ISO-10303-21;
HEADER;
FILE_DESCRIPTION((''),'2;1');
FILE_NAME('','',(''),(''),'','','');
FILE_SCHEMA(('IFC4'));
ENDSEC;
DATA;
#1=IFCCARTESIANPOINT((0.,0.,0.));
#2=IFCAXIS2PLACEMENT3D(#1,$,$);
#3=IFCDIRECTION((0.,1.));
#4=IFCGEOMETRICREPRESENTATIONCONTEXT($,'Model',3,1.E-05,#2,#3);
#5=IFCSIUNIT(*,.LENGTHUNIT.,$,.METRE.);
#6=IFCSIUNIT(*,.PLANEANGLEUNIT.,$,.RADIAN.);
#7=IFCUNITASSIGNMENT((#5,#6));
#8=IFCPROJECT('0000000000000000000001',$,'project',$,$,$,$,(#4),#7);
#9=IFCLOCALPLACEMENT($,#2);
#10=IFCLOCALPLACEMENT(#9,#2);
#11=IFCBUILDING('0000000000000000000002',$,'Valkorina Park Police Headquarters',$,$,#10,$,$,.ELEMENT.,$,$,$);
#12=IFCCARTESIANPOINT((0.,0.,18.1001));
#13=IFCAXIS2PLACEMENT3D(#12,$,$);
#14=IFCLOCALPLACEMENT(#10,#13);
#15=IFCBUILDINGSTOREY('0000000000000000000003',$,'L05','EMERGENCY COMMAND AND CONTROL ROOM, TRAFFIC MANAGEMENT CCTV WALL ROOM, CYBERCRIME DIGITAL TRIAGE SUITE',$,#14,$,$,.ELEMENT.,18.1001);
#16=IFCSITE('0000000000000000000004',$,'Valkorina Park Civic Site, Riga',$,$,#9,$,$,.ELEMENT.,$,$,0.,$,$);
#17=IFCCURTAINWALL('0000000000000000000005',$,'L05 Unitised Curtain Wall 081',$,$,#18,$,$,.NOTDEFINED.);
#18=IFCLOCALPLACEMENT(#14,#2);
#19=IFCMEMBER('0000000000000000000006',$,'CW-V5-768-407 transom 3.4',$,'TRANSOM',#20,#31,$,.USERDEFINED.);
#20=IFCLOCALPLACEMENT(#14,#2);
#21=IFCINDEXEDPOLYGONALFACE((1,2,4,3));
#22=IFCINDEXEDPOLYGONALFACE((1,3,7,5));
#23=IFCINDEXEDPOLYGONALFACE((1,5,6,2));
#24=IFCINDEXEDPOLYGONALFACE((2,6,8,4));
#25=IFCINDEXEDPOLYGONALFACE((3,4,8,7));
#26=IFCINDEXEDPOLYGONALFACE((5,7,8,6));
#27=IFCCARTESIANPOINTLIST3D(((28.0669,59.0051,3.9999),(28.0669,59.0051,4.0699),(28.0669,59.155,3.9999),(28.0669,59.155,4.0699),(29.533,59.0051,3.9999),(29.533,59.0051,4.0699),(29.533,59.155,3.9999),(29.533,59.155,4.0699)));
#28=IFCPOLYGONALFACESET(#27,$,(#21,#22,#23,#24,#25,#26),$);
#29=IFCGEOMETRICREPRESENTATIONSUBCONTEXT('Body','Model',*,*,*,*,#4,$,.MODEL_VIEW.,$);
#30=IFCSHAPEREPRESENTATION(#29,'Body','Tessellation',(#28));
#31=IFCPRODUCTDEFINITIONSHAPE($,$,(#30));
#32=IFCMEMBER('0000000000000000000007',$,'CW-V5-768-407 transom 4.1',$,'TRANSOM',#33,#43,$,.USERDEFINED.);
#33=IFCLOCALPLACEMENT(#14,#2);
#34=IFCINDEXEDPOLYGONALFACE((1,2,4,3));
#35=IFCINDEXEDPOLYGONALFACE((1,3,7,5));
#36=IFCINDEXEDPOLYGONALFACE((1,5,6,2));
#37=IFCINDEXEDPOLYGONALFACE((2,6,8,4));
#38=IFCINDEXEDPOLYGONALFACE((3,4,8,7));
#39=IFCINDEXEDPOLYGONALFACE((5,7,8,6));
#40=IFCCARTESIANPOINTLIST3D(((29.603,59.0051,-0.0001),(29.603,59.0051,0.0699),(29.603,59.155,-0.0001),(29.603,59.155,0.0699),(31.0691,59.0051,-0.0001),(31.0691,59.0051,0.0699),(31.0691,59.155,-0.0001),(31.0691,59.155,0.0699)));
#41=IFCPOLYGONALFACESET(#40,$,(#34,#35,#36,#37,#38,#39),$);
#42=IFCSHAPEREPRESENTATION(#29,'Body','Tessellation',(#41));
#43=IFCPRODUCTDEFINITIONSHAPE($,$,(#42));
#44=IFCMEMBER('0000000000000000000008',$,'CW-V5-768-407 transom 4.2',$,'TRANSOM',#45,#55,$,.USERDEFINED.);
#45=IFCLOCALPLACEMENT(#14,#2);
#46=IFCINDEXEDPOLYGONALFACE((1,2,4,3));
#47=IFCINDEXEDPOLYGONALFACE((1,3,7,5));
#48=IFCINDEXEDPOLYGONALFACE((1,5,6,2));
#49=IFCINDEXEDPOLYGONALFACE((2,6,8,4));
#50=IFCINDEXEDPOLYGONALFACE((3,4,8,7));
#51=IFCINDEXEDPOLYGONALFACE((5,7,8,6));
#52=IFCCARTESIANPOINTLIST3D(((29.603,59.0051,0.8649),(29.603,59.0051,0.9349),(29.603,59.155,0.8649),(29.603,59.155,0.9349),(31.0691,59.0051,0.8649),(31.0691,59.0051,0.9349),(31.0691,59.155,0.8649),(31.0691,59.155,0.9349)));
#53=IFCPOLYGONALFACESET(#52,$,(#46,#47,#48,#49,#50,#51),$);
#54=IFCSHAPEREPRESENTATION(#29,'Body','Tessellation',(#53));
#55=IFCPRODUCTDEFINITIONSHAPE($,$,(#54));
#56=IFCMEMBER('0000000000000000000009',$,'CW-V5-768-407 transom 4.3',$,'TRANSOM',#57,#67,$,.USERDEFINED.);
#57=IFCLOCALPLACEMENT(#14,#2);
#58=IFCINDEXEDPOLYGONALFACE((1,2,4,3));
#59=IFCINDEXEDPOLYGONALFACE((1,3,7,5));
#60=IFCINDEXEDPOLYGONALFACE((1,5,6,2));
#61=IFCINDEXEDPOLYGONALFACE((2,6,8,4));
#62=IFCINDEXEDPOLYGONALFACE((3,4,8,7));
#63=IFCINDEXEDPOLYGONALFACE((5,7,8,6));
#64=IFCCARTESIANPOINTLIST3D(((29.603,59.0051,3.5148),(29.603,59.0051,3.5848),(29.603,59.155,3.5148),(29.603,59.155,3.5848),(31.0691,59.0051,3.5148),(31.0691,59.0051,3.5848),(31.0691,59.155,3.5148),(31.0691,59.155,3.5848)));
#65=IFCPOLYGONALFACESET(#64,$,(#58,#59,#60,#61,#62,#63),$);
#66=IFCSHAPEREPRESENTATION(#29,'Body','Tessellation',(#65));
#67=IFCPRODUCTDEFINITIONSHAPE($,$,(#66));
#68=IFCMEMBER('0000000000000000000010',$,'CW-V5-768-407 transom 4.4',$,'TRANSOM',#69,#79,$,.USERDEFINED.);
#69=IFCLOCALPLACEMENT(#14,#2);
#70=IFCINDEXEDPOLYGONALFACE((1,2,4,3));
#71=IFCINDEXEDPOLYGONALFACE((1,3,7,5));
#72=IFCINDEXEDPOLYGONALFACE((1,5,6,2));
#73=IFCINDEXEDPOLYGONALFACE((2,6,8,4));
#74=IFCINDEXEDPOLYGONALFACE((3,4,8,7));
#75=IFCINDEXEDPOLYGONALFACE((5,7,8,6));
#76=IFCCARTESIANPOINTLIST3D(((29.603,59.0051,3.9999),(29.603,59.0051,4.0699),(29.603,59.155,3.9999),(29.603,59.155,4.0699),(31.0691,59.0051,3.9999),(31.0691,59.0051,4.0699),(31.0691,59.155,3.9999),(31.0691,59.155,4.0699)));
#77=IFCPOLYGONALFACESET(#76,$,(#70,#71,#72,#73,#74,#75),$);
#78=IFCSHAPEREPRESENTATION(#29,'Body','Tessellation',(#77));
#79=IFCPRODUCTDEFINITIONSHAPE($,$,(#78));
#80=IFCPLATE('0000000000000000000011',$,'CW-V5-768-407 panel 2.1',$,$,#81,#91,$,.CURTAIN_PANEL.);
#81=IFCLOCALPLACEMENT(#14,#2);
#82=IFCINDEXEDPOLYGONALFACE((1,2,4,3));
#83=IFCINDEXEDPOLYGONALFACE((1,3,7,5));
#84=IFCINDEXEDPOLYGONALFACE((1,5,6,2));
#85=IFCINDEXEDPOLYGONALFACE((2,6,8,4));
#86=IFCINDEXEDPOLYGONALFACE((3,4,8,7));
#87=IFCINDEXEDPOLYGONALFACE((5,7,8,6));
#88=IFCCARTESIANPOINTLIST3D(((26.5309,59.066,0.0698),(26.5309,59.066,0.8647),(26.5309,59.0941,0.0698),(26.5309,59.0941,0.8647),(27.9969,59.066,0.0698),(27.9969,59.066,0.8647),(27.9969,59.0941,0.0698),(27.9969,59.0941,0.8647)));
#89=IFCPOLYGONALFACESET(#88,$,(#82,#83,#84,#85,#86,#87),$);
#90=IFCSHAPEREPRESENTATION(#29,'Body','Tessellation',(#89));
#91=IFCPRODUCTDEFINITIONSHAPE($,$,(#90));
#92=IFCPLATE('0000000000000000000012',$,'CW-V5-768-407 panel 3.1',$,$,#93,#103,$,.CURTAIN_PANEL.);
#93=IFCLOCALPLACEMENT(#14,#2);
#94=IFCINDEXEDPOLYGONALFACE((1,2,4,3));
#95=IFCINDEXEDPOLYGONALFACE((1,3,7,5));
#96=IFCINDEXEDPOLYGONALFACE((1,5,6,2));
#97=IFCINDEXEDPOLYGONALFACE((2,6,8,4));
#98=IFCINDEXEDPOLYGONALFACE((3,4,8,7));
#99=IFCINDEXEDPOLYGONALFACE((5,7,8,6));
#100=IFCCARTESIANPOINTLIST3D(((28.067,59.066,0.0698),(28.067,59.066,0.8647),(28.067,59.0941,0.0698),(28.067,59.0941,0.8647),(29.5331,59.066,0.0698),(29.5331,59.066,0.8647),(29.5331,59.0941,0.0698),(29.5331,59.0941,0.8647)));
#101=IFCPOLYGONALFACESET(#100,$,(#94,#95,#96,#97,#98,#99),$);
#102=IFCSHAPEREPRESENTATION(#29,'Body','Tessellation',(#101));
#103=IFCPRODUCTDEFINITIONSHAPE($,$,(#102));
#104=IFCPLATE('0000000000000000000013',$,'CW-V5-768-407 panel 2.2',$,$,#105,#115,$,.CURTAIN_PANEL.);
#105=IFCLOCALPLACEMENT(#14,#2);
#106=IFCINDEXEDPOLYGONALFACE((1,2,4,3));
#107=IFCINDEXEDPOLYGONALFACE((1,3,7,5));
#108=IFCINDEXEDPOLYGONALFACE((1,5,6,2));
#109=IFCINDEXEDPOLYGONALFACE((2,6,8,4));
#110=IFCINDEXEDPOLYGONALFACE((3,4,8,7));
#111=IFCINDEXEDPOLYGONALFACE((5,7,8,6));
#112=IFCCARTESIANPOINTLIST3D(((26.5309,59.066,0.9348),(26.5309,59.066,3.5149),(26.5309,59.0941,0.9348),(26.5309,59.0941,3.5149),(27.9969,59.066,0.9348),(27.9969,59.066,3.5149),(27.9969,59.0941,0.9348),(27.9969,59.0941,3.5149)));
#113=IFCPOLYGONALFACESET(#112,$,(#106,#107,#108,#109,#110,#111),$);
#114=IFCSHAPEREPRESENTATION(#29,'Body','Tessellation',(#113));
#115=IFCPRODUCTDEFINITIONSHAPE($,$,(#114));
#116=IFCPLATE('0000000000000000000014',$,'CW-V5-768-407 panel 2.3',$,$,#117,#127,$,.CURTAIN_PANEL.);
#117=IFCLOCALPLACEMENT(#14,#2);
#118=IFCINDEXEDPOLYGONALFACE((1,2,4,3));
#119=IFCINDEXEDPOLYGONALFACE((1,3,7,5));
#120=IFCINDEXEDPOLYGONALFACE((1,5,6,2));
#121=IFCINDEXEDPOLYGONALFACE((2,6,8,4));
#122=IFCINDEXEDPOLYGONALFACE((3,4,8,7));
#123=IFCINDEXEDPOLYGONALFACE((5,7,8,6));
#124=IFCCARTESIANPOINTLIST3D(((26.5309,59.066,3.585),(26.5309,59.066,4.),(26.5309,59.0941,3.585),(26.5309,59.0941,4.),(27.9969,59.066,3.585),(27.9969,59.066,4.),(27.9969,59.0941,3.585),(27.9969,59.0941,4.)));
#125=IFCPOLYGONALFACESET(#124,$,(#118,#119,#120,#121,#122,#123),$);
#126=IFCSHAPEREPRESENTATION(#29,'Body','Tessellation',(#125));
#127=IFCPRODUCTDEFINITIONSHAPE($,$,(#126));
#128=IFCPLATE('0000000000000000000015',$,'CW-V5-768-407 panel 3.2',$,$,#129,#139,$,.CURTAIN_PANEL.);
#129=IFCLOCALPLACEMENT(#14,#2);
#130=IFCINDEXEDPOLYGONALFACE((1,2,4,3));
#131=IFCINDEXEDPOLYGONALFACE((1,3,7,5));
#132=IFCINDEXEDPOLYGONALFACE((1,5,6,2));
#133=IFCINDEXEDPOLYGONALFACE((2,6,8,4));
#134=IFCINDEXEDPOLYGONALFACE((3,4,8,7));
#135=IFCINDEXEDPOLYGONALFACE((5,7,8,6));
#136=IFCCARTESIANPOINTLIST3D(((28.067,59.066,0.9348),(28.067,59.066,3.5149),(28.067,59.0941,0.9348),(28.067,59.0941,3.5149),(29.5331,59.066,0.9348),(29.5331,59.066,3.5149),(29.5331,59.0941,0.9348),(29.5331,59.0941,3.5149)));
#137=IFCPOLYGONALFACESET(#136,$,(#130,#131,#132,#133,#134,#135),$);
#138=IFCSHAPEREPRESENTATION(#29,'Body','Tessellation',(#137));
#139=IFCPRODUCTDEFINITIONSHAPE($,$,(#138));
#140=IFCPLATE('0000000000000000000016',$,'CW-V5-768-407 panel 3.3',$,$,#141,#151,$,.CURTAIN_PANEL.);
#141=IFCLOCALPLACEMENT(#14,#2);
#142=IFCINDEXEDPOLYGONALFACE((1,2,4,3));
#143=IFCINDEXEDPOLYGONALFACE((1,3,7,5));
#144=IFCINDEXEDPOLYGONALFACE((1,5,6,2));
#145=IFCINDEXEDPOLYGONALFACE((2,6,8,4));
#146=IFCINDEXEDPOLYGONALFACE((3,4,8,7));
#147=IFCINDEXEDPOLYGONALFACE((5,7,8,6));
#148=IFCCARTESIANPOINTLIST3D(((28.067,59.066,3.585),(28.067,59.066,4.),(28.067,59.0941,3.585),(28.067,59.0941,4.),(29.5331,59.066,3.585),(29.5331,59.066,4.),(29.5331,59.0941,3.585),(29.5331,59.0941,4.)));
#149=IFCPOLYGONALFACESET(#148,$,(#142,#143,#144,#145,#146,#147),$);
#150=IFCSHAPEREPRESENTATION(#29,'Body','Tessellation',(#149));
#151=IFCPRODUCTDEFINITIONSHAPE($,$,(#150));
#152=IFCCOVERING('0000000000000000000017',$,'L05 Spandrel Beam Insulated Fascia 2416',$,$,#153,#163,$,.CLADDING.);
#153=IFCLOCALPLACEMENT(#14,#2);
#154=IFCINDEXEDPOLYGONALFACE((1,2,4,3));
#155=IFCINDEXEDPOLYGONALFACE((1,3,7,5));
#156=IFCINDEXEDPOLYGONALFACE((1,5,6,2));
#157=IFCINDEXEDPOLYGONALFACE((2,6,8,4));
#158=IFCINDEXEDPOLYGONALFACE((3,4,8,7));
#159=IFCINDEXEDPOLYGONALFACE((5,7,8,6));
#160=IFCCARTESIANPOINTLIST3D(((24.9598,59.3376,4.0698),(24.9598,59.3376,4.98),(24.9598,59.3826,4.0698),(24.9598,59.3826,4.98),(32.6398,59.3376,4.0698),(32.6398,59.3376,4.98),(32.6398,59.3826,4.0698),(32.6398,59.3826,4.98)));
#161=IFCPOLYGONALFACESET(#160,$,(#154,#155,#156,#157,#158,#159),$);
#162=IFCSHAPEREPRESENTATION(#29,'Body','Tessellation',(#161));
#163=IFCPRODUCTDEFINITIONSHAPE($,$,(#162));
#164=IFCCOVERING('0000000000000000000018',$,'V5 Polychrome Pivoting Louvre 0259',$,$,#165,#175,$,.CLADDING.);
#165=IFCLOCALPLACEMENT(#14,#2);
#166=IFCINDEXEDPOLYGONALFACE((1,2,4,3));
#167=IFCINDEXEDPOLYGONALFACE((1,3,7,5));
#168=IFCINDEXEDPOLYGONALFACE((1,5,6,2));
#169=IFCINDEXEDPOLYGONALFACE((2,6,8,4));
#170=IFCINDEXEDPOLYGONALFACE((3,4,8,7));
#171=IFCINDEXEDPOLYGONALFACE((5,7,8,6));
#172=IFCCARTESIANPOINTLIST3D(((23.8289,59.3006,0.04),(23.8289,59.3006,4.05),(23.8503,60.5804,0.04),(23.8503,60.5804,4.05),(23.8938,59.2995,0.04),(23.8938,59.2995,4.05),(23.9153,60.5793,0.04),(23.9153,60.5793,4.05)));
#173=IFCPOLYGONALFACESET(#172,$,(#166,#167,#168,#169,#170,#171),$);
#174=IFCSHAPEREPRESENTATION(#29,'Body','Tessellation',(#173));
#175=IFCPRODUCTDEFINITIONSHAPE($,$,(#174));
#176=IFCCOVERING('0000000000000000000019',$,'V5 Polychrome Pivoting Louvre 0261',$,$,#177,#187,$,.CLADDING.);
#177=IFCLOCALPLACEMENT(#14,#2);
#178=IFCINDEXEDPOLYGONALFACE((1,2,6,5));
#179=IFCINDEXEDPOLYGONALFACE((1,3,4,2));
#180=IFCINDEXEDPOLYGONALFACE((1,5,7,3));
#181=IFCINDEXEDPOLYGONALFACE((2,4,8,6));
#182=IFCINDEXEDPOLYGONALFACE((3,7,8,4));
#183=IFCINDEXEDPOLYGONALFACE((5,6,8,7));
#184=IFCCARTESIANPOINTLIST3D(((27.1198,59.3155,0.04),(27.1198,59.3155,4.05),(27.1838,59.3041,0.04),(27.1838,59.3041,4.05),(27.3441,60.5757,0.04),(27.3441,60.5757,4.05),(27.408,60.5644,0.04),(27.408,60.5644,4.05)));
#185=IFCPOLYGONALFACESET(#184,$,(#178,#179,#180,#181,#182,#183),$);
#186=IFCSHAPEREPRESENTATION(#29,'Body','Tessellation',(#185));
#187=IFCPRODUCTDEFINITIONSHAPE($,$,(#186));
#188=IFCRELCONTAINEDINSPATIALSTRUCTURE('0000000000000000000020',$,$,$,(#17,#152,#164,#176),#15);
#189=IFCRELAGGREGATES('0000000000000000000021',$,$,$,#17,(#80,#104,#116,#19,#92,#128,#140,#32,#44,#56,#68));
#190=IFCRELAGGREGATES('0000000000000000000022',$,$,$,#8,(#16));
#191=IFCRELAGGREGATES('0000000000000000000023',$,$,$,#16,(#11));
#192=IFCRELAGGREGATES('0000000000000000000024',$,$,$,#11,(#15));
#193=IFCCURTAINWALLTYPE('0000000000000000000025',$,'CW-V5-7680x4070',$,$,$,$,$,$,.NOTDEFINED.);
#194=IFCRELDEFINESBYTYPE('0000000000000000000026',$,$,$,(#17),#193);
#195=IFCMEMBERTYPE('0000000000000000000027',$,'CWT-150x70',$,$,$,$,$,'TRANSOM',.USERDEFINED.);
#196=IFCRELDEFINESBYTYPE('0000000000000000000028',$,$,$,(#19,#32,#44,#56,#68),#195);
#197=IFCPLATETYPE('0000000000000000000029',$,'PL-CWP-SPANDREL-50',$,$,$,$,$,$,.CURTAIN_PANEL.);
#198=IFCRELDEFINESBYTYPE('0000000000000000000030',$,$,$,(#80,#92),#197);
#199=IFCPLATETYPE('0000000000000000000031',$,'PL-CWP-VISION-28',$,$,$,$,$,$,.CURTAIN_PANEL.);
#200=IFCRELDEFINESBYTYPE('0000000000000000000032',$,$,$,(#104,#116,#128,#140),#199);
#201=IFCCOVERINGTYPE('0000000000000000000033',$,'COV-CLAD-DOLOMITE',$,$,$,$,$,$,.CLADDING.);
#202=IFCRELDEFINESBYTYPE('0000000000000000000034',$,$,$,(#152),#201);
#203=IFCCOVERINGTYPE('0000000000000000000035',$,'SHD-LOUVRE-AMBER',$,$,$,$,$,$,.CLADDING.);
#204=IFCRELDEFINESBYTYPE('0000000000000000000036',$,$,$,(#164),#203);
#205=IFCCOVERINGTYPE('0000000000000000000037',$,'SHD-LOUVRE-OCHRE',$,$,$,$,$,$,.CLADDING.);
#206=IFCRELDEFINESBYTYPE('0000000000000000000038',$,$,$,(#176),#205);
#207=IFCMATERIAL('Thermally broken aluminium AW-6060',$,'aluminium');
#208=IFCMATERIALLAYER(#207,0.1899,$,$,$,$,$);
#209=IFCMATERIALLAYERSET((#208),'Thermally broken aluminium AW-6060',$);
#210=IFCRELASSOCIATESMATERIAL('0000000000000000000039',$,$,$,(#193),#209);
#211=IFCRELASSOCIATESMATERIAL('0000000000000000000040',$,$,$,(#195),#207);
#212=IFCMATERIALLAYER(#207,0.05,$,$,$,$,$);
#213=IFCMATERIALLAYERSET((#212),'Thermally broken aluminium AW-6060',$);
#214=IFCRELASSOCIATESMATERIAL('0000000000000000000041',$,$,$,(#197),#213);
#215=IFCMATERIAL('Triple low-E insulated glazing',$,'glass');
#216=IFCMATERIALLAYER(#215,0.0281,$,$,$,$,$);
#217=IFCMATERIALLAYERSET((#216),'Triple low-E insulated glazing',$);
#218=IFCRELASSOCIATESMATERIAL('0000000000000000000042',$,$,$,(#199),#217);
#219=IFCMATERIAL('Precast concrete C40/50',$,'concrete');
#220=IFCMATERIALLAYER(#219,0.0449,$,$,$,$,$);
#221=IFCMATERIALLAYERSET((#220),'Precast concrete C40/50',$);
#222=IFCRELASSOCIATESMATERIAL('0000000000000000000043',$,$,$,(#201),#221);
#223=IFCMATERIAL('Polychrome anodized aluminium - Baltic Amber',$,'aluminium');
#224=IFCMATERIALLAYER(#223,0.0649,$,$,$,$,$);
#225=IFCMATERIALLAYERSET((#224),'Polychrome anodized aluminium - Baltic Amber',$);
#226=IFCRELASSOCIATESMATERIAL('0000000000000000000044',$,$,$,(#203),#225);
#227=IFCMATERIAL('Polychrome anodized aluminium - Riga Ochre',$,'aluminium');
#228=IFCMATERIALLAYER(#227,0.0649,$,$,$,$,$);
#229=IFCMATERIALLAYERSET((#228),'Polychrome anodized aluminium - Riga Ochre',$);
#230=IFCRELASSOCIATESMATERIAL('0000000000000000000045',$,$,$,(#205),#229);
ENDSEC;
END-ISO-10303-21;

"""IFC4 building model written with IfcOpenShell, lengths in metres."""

from ifc_helpers import new_model, si_unit, direction, frame, frame_2d, origin, origin_2d, place, context, subcontext, project, spatial, rectangle, extrude, material, layer, layer_set, material_profile, profile_set, type_object, element, aggregate, save


model = new_model("IFC4")

# Units and contexts
model_context = context("Model", 3, precision=1e-05, world=origin(), true_north=direction((0.0, 1.0)))
body_context = subcontext(model_context, "Body", "Model", "MODEL_VIEW")
ifc_project = project(units=[si_unit("LENGTHUNIT", "METRE"), si_unit("PLANEANGLEUNIT", "RADIAN")], contexts=[model_context])

# Site, building, storey
site_placement = place(None, origin())
site = spatial("IfcSite", under=ifc_project, at=site_placement, Name="Valkorina Park Civic Site, Riga", CompositionType="ELEMENT", RefElevation=0.0)
building_placement = place(site_placement, origin())
building = spatial("IfcBuilding", under=site, at=building_placement, Name="Valkorina Park Police Headquarters", CompositionType="ELEMENT")
storey_placement = place(building_placement, frame((0.0, 0.0, 18.1001)))
storey = spatial("IfcBuildingStorey", under=building, at=storey_placement, Name="L05", Description="EMERGENCY COMMAND AND CONTROL ROOM, TRAFFIC MANAGEMENT CCTV WALL ROOM, CYBERCRIME DIGITAL TRIAGE SUITE", CompositionType="ELEMENT", Elevation=18.1001)

# Curtain wall, members, plates
ifc_material_1 = material(Name="Thermally broken aluminium AW-6060", Category="aluminium")
ifc_layer_1 = layer(ifc_material_1, 0.1899)
ifc_layer_set_1 = layer_set([ifc_layer_1], Name="Thermally broken aluminium AW-6060")
curtain_wall_type = type_object("IfcCurtainWallType", Name="CW-V5-7680x4070", PredefinedType="NOTDEFINED", material=ifc_layer_set_1)
curtain_wall_placement = place(storey_placement, origin())
curtain_wall = element("IfcCurtainWall", 1, at=curtain_wall_placement, inside=storey, type_object=curtain_wall_type, Name="L05 Unitised Curtain Wall 081", PredefinedType="NOTDEFINED")
ifc_material_profile_1 = material_profile(ifc_material_1, rectangle(XDim=0.1499, YDim=0.0701, at=origin_2d()), Name="CWT-02 150x70")
ifc_profile_set_1 = profile_set([ifc_material_profile_1], Name="Thermally broken aluminium AW-6060")
member_type_1 = type_object("IfcMemberType", Name="CWT-150x70", ElementType="TRANSOM", PredefinedType="USERDEFINED", material=ifc_profile_set_1)
member_1_placement = place(storey_placement, frame((28.0669, 59.0801, 4.0349), z_axis=(1.0, 0.0, 0.0), x_axis=(0.0, 1.0, 0.0)))
member_1 = element("IfcMember", 2, at=member_1_placement, type_object=member_type_1, Name="CW-V5-768-407 transom 3.4", ObjectType="TRANSOM", PredefinedType="USERDEFINED", context=body_context, shape_type="SweptSolid", body=[
    extrude(rectangle(XDim=0.1499, YDim=0.0701, at=origin_2d()), origin(), (0.0, 0.0, 1.0), 1.4661),
])
member_2_placement = place(storey_placement, frame((29.603, 59.0801, 0.0349), z_axis=(1.0, 0.0, 0.0), x_axis=(0.0, 1.0, 0.0)))
member_2 = element("IfcMember", 3, at=member_2_placement, type_object=member_type_1, Name="CW-V5-768-407 transom 4.1", ObjectType="TRANSOM", PredefinedType="USERDEFINED", context=body_context, shape_type="SweptSolid", body=[
    extrude(rectangle(XDim=0.1499, YDim=0.0701, at=origin_2d()), origin(), (0.0, 0.0, 1.0), 1.4661),
])
member_3_placement = place(storey_placement, frame((29.603, 59.0801, 0.8999), z_axis=(1.0, 0.0, 0.0), x_axis=(0.0, 1.0, 0.0)))
member_3 = element("IfcMember", 4, at=member_3_placement, type_object=member_type_1, Name="CW-V5-768-407 transom 4.2", ObjectType="TRANSOM", PredefinedType="USERDEFINED", context=body_context, shape_type="SweptSolid", body=[
    extrude(rectangle(XDim=0.1499, YDim=0.0701, at=origin_2d()), origin(), (0.0, 0.0, 1.0), 1.4661),
])
member_4_placement = place(storey_placement, frame((29.603, 59.0801, 3.5498), z_axis=(1.0, 0.0, 0.0), x_axis=(0.0, 1.0, 0.0)))
member_4 = element("IfcMember", 5, at=member_4_placement, type_object=member_type_1, Name="CW-V5-768-407 transom 4.3", ObjectType="TRANSOM", PredefinedType="USERDEFINED", context=body_context, shape_type="SweptSolid", body=[
    extrude(rectangle(XDim=0.1499, YDim=0.0701, at=origin_2d()), origin(), (0.0, 0.0, 1.0), 1.4661),
])
member_5_placement = place(storey_placement, frame((29.603, 59.0801, 4.0349), z_axis=(1.0, 0.0, 0.0), x_axis=(0.0, 1.0, 0.0)))
member_5 = element("IfcMember", 6, at=member_5_placement, type_object=member_type_1, Name="CW-V5-768-407 transom 4.4", ObjectType="TRANSOM", PredefinedType="USERDEFINED", context=body_context, shape_type="SweptSolid", body=[
    extrude(rectangle(XDim=0.1499, YDim=0.0701, at=origin_2d()), origin(), (0.0, 0.0, 1.0), 1.4661),
])
ifc_layer_2 = layer(ifc_material_1, 0.05)
ifc_layer_set_2 = layer_set([ifc_layer_2], Name="Thermally broken aluminium AW-6060")
plate_type_1 = type_object("IfcPlateType", Name="PL-CWP-SPANDREL-50", PredefinedType="CURTAIN_PANEL", material=ifc_layer_set_2)
plate_1_placement = place(storey_placement, frame((27.2639, 59.0801, 0.0698), z_axis=(0.0, 0.0, 1.0), x_axis=(1.0, 0.0, 0.0)))
plate_1 = element("IfcPlate", 7, at=plate_1_placement, type_object=plate_type_1, Name="CW-V5-768-407 panel 2.1", PredefinedType="CURTAIN_PANEL", context=body_context, shape_type="SweptSolid", body=[
    extrude(rectangle(XDim=1.4661, YDim=0.0281, at=origin_2d()), origin(), (0.0, 0.0, 1.0), 0.7949),
])
plate_2_placement = place(storey_placement, frame((28.8, 59.0801, 0.0698), z_axis=(0.0, 0.0, 1.0), x_axis=(1.0, 0.0, 0.0)))
plate_2 = element("IfcPlate", 8, at=plate_2_placement, type_object=plate_type_1, Name="CW-V5-768-407 panel 3.1", PredefinedType="CURTAIN_PANEL", context=body_context, shape_type="SweptSolid", body=[
    extrude(rectangle(XDim=1.4661, YDim=0.0281, at=origin_2d()), origin(), (0.0, 0.0, 1.0), 0.7949),
])
ifc_material_2 = material(Name="Triple low-E insulated glazing", Category="glass")
ifc_layer_3 = layer(ifc_material_2, 0.0281)
ifc_layer_set_3 = layer_set([ifc_layer_3], Name="Triple low-E insulated glazing")
plate_type_2 = type_object("IfcPlateType", Name="PL-CWP-VISION-28", PredefinedType="CURTAIN_PANEL", material=ifc_layer_set_3)
plate_3_placement = place(storey_placement, frame((27.2639, 59.0801, 0.9348), z_axis=(0.0, 0.0, 1.0), x_axis=(1.0, 0.0, 0.0)))
plate_3 = element("IfcPlate", 9, at=plate_3_placement, type_object=plate_type_2, Name="CW-V5-768-407 panel 2.2", PredefinedType="CURTAIN_PANEL", context=body_context, shape_type="SweptSolid", body=[
    extrude(rectangle(XDim=1.4661, YDim=0.0281, at=origin_2d()), origin(), (0.0, 0.0, 1.0), 2.5801),
])
plate_4_placement = place(storey_placement, frame((27.2639, 59.0801, 3.585), z_axis=(0.0, 0.0, 1.0), x_axis=(1.0, 0.0, 0.0)))
plate_4 = element("IfcPlate", 10, at=plate_4_placement, type_object=plate_type_2, Name="CW-V5-768-407 panel 2.3", PredefinedType="CURTAIN_PANEL", context=body_context, shape_type="SweptSolid", body=[
    extrude(rectangle(XDim=1.4661, YDim=0.0281, at=origin_2d()), origin(), (0.0, 0.0, 1.0), 0.415),
])
plate_5_placement = place(storey_placement, frame((28.8, 59.0801, 0.9348), z_axis=(0.0, 0.0, 1.0), x_axis=(1.0, 0.0, 0.0)))
plate_5 = element("IfcPlate", 11, at=plate_5_placement, type_object=plate_type_2, Name="CW-V5-768-407 panel 3.2", PredefinedType="CURTAIN_PANEL", context=body_context, shape_type="SweptSolid", body=[
    extrude(rectangle(XDim=1.4661, YDim=0.0281, at=origin_2d()), origin(), (0.0, 0.0, 1.0), 2.5801),
])
plate_6_placement = place(storey_placement, frame((28.8, 59.0801, 3.585), z_axis=(0.0, 0.0, 1.0), x_axis=(1.0, 0.0, 0.0)))
plate_6 = element("IfcPlate", 12, at=plate_6_placement, type_object=plate_type_2, Name="CW-V5-768-407 panel 3.3", PredefinedType="CURTAIN_PANEL", context=body_context, shape_type="SweptSolid", body=[
    extrude(rectangle(XDim=1.4661, YDim=0.0281, at=origin_2d()), origin(), (0.0, 0.0, 1.0), 0.415),
])
aggregate(curtain_wall, [plate_1, plate_3, plate_4, member_1, plate_2, plate_5, plate_6, member_2, member_3, member_4, member_5])

# Coverings
ifc_material_3 = material(Name="Precast concrete C40/50", Category="concrete")
ifc_layer_4 = layer(ifc_material_3, 0.0449)
ifc_layer_set_4 = layer_set([ifc_layer_4], Name="Precast concrete C40/50")
covering_type_1 = type_object("IfcCoveringType", Name="COV-CLAD-DOLOMITE", PredefinedType="CLADDING", material=ifc_layer_set_4)
covering_1_placement = place(storey_placement, frame((24.96, 59.3601, 4.0698), z_axis=(0.0, 0.0, 1.0), x_axis=(1.0, 0.0, 0.0)))
element("IfcCovering", 13, at=covering_1_placement, inside=storey, type_object=covering_type_1, Name="L05 Spandrel Beam Insulated Fascia 2416", PredefinedType="CLADDING", context=body_context, shape_type="SweptSolid", body=[
    extrude(rectangle(XDim=7.6799, YDim=0.0449, at=frame_2d((3.8398, 0.0))), origin(), (0.0, 0.0, 1.0), 0.9102),
])
ifc_material_4 = material(Name="Polychrome anodized aluminium - Baltic Amber", Category="aluminium")
ifc_layer_5 = layer(ifc_material_4, 0.0649)
ifc_layer_set_5 = layer_set([ifc_layer_5], Name="Polychrome anodized aluminium - Baltic Amber")
covering_type_2 = type_object("IfcCoveringType", Name="SHD-LOUVRE-AMBER", PredefinedType="CLADDING", material=ifc_layer_set_5)
covering_2_placement = place(storey_placement, frame((23.8721, 59.9399, 0.04), z_axis=(0.0, 0.0, 1.0), x_axis=(0.016754, 0.99986, 0.0)))
element("IfcCovering", 14, at=covering_2_placement, inside=storey, type_object=covering_type_2, Name="V5 Polychrome Pivoting Louvre 0259", PredefinedType="CLADDING", context=body_context, shape_type="SweptSolid", body=[
    extrude(rectangle(XDim=1.28, YDim=0.0649, at=origin_2d()), origin(), (0.0, 0.0, 1.0), 4.01),
])
ifc_material_5 = material(Name="Polychrome anodized aluminium - Riga Ochre", Category="aluminium")
ifc_layer_6 = layer(ifc_material_5, 0.0649)
ifc_layer_set_6 = layer_set([ifc_layer_6], Name="Polychrome anodized aluminium - Riga Ochre")
covering_type_3 = type_object("IfcCoveringType", Name="SHD-LOUVRE-OCHRE", PredefinedType="CLADDING", material=ifc_layer_set_6)
covering_3_placement = place(storey_placement, frame((27.2639, 59.9399, 0.04), z_axis=(0.0, 0.0, 1.0), x_axis=(0.175195, 0.984534, 0.0)))
element("IfcCovering", 15, at=covering_3_placement, inside=storey, type_object=covering_type_3, Name="V5 Polychrome Pivoting Louvre 0261", PredefinedType="CLADDING", context=body_context, shape_type="SweptSolid", body=[
    extrude(rectangle(XDim=1.28, YDim=0.0649, at=origin_2d()), origin(), (0.0, 0.0, 1.0), 4.01),
])

save(model, "model.ifc")
